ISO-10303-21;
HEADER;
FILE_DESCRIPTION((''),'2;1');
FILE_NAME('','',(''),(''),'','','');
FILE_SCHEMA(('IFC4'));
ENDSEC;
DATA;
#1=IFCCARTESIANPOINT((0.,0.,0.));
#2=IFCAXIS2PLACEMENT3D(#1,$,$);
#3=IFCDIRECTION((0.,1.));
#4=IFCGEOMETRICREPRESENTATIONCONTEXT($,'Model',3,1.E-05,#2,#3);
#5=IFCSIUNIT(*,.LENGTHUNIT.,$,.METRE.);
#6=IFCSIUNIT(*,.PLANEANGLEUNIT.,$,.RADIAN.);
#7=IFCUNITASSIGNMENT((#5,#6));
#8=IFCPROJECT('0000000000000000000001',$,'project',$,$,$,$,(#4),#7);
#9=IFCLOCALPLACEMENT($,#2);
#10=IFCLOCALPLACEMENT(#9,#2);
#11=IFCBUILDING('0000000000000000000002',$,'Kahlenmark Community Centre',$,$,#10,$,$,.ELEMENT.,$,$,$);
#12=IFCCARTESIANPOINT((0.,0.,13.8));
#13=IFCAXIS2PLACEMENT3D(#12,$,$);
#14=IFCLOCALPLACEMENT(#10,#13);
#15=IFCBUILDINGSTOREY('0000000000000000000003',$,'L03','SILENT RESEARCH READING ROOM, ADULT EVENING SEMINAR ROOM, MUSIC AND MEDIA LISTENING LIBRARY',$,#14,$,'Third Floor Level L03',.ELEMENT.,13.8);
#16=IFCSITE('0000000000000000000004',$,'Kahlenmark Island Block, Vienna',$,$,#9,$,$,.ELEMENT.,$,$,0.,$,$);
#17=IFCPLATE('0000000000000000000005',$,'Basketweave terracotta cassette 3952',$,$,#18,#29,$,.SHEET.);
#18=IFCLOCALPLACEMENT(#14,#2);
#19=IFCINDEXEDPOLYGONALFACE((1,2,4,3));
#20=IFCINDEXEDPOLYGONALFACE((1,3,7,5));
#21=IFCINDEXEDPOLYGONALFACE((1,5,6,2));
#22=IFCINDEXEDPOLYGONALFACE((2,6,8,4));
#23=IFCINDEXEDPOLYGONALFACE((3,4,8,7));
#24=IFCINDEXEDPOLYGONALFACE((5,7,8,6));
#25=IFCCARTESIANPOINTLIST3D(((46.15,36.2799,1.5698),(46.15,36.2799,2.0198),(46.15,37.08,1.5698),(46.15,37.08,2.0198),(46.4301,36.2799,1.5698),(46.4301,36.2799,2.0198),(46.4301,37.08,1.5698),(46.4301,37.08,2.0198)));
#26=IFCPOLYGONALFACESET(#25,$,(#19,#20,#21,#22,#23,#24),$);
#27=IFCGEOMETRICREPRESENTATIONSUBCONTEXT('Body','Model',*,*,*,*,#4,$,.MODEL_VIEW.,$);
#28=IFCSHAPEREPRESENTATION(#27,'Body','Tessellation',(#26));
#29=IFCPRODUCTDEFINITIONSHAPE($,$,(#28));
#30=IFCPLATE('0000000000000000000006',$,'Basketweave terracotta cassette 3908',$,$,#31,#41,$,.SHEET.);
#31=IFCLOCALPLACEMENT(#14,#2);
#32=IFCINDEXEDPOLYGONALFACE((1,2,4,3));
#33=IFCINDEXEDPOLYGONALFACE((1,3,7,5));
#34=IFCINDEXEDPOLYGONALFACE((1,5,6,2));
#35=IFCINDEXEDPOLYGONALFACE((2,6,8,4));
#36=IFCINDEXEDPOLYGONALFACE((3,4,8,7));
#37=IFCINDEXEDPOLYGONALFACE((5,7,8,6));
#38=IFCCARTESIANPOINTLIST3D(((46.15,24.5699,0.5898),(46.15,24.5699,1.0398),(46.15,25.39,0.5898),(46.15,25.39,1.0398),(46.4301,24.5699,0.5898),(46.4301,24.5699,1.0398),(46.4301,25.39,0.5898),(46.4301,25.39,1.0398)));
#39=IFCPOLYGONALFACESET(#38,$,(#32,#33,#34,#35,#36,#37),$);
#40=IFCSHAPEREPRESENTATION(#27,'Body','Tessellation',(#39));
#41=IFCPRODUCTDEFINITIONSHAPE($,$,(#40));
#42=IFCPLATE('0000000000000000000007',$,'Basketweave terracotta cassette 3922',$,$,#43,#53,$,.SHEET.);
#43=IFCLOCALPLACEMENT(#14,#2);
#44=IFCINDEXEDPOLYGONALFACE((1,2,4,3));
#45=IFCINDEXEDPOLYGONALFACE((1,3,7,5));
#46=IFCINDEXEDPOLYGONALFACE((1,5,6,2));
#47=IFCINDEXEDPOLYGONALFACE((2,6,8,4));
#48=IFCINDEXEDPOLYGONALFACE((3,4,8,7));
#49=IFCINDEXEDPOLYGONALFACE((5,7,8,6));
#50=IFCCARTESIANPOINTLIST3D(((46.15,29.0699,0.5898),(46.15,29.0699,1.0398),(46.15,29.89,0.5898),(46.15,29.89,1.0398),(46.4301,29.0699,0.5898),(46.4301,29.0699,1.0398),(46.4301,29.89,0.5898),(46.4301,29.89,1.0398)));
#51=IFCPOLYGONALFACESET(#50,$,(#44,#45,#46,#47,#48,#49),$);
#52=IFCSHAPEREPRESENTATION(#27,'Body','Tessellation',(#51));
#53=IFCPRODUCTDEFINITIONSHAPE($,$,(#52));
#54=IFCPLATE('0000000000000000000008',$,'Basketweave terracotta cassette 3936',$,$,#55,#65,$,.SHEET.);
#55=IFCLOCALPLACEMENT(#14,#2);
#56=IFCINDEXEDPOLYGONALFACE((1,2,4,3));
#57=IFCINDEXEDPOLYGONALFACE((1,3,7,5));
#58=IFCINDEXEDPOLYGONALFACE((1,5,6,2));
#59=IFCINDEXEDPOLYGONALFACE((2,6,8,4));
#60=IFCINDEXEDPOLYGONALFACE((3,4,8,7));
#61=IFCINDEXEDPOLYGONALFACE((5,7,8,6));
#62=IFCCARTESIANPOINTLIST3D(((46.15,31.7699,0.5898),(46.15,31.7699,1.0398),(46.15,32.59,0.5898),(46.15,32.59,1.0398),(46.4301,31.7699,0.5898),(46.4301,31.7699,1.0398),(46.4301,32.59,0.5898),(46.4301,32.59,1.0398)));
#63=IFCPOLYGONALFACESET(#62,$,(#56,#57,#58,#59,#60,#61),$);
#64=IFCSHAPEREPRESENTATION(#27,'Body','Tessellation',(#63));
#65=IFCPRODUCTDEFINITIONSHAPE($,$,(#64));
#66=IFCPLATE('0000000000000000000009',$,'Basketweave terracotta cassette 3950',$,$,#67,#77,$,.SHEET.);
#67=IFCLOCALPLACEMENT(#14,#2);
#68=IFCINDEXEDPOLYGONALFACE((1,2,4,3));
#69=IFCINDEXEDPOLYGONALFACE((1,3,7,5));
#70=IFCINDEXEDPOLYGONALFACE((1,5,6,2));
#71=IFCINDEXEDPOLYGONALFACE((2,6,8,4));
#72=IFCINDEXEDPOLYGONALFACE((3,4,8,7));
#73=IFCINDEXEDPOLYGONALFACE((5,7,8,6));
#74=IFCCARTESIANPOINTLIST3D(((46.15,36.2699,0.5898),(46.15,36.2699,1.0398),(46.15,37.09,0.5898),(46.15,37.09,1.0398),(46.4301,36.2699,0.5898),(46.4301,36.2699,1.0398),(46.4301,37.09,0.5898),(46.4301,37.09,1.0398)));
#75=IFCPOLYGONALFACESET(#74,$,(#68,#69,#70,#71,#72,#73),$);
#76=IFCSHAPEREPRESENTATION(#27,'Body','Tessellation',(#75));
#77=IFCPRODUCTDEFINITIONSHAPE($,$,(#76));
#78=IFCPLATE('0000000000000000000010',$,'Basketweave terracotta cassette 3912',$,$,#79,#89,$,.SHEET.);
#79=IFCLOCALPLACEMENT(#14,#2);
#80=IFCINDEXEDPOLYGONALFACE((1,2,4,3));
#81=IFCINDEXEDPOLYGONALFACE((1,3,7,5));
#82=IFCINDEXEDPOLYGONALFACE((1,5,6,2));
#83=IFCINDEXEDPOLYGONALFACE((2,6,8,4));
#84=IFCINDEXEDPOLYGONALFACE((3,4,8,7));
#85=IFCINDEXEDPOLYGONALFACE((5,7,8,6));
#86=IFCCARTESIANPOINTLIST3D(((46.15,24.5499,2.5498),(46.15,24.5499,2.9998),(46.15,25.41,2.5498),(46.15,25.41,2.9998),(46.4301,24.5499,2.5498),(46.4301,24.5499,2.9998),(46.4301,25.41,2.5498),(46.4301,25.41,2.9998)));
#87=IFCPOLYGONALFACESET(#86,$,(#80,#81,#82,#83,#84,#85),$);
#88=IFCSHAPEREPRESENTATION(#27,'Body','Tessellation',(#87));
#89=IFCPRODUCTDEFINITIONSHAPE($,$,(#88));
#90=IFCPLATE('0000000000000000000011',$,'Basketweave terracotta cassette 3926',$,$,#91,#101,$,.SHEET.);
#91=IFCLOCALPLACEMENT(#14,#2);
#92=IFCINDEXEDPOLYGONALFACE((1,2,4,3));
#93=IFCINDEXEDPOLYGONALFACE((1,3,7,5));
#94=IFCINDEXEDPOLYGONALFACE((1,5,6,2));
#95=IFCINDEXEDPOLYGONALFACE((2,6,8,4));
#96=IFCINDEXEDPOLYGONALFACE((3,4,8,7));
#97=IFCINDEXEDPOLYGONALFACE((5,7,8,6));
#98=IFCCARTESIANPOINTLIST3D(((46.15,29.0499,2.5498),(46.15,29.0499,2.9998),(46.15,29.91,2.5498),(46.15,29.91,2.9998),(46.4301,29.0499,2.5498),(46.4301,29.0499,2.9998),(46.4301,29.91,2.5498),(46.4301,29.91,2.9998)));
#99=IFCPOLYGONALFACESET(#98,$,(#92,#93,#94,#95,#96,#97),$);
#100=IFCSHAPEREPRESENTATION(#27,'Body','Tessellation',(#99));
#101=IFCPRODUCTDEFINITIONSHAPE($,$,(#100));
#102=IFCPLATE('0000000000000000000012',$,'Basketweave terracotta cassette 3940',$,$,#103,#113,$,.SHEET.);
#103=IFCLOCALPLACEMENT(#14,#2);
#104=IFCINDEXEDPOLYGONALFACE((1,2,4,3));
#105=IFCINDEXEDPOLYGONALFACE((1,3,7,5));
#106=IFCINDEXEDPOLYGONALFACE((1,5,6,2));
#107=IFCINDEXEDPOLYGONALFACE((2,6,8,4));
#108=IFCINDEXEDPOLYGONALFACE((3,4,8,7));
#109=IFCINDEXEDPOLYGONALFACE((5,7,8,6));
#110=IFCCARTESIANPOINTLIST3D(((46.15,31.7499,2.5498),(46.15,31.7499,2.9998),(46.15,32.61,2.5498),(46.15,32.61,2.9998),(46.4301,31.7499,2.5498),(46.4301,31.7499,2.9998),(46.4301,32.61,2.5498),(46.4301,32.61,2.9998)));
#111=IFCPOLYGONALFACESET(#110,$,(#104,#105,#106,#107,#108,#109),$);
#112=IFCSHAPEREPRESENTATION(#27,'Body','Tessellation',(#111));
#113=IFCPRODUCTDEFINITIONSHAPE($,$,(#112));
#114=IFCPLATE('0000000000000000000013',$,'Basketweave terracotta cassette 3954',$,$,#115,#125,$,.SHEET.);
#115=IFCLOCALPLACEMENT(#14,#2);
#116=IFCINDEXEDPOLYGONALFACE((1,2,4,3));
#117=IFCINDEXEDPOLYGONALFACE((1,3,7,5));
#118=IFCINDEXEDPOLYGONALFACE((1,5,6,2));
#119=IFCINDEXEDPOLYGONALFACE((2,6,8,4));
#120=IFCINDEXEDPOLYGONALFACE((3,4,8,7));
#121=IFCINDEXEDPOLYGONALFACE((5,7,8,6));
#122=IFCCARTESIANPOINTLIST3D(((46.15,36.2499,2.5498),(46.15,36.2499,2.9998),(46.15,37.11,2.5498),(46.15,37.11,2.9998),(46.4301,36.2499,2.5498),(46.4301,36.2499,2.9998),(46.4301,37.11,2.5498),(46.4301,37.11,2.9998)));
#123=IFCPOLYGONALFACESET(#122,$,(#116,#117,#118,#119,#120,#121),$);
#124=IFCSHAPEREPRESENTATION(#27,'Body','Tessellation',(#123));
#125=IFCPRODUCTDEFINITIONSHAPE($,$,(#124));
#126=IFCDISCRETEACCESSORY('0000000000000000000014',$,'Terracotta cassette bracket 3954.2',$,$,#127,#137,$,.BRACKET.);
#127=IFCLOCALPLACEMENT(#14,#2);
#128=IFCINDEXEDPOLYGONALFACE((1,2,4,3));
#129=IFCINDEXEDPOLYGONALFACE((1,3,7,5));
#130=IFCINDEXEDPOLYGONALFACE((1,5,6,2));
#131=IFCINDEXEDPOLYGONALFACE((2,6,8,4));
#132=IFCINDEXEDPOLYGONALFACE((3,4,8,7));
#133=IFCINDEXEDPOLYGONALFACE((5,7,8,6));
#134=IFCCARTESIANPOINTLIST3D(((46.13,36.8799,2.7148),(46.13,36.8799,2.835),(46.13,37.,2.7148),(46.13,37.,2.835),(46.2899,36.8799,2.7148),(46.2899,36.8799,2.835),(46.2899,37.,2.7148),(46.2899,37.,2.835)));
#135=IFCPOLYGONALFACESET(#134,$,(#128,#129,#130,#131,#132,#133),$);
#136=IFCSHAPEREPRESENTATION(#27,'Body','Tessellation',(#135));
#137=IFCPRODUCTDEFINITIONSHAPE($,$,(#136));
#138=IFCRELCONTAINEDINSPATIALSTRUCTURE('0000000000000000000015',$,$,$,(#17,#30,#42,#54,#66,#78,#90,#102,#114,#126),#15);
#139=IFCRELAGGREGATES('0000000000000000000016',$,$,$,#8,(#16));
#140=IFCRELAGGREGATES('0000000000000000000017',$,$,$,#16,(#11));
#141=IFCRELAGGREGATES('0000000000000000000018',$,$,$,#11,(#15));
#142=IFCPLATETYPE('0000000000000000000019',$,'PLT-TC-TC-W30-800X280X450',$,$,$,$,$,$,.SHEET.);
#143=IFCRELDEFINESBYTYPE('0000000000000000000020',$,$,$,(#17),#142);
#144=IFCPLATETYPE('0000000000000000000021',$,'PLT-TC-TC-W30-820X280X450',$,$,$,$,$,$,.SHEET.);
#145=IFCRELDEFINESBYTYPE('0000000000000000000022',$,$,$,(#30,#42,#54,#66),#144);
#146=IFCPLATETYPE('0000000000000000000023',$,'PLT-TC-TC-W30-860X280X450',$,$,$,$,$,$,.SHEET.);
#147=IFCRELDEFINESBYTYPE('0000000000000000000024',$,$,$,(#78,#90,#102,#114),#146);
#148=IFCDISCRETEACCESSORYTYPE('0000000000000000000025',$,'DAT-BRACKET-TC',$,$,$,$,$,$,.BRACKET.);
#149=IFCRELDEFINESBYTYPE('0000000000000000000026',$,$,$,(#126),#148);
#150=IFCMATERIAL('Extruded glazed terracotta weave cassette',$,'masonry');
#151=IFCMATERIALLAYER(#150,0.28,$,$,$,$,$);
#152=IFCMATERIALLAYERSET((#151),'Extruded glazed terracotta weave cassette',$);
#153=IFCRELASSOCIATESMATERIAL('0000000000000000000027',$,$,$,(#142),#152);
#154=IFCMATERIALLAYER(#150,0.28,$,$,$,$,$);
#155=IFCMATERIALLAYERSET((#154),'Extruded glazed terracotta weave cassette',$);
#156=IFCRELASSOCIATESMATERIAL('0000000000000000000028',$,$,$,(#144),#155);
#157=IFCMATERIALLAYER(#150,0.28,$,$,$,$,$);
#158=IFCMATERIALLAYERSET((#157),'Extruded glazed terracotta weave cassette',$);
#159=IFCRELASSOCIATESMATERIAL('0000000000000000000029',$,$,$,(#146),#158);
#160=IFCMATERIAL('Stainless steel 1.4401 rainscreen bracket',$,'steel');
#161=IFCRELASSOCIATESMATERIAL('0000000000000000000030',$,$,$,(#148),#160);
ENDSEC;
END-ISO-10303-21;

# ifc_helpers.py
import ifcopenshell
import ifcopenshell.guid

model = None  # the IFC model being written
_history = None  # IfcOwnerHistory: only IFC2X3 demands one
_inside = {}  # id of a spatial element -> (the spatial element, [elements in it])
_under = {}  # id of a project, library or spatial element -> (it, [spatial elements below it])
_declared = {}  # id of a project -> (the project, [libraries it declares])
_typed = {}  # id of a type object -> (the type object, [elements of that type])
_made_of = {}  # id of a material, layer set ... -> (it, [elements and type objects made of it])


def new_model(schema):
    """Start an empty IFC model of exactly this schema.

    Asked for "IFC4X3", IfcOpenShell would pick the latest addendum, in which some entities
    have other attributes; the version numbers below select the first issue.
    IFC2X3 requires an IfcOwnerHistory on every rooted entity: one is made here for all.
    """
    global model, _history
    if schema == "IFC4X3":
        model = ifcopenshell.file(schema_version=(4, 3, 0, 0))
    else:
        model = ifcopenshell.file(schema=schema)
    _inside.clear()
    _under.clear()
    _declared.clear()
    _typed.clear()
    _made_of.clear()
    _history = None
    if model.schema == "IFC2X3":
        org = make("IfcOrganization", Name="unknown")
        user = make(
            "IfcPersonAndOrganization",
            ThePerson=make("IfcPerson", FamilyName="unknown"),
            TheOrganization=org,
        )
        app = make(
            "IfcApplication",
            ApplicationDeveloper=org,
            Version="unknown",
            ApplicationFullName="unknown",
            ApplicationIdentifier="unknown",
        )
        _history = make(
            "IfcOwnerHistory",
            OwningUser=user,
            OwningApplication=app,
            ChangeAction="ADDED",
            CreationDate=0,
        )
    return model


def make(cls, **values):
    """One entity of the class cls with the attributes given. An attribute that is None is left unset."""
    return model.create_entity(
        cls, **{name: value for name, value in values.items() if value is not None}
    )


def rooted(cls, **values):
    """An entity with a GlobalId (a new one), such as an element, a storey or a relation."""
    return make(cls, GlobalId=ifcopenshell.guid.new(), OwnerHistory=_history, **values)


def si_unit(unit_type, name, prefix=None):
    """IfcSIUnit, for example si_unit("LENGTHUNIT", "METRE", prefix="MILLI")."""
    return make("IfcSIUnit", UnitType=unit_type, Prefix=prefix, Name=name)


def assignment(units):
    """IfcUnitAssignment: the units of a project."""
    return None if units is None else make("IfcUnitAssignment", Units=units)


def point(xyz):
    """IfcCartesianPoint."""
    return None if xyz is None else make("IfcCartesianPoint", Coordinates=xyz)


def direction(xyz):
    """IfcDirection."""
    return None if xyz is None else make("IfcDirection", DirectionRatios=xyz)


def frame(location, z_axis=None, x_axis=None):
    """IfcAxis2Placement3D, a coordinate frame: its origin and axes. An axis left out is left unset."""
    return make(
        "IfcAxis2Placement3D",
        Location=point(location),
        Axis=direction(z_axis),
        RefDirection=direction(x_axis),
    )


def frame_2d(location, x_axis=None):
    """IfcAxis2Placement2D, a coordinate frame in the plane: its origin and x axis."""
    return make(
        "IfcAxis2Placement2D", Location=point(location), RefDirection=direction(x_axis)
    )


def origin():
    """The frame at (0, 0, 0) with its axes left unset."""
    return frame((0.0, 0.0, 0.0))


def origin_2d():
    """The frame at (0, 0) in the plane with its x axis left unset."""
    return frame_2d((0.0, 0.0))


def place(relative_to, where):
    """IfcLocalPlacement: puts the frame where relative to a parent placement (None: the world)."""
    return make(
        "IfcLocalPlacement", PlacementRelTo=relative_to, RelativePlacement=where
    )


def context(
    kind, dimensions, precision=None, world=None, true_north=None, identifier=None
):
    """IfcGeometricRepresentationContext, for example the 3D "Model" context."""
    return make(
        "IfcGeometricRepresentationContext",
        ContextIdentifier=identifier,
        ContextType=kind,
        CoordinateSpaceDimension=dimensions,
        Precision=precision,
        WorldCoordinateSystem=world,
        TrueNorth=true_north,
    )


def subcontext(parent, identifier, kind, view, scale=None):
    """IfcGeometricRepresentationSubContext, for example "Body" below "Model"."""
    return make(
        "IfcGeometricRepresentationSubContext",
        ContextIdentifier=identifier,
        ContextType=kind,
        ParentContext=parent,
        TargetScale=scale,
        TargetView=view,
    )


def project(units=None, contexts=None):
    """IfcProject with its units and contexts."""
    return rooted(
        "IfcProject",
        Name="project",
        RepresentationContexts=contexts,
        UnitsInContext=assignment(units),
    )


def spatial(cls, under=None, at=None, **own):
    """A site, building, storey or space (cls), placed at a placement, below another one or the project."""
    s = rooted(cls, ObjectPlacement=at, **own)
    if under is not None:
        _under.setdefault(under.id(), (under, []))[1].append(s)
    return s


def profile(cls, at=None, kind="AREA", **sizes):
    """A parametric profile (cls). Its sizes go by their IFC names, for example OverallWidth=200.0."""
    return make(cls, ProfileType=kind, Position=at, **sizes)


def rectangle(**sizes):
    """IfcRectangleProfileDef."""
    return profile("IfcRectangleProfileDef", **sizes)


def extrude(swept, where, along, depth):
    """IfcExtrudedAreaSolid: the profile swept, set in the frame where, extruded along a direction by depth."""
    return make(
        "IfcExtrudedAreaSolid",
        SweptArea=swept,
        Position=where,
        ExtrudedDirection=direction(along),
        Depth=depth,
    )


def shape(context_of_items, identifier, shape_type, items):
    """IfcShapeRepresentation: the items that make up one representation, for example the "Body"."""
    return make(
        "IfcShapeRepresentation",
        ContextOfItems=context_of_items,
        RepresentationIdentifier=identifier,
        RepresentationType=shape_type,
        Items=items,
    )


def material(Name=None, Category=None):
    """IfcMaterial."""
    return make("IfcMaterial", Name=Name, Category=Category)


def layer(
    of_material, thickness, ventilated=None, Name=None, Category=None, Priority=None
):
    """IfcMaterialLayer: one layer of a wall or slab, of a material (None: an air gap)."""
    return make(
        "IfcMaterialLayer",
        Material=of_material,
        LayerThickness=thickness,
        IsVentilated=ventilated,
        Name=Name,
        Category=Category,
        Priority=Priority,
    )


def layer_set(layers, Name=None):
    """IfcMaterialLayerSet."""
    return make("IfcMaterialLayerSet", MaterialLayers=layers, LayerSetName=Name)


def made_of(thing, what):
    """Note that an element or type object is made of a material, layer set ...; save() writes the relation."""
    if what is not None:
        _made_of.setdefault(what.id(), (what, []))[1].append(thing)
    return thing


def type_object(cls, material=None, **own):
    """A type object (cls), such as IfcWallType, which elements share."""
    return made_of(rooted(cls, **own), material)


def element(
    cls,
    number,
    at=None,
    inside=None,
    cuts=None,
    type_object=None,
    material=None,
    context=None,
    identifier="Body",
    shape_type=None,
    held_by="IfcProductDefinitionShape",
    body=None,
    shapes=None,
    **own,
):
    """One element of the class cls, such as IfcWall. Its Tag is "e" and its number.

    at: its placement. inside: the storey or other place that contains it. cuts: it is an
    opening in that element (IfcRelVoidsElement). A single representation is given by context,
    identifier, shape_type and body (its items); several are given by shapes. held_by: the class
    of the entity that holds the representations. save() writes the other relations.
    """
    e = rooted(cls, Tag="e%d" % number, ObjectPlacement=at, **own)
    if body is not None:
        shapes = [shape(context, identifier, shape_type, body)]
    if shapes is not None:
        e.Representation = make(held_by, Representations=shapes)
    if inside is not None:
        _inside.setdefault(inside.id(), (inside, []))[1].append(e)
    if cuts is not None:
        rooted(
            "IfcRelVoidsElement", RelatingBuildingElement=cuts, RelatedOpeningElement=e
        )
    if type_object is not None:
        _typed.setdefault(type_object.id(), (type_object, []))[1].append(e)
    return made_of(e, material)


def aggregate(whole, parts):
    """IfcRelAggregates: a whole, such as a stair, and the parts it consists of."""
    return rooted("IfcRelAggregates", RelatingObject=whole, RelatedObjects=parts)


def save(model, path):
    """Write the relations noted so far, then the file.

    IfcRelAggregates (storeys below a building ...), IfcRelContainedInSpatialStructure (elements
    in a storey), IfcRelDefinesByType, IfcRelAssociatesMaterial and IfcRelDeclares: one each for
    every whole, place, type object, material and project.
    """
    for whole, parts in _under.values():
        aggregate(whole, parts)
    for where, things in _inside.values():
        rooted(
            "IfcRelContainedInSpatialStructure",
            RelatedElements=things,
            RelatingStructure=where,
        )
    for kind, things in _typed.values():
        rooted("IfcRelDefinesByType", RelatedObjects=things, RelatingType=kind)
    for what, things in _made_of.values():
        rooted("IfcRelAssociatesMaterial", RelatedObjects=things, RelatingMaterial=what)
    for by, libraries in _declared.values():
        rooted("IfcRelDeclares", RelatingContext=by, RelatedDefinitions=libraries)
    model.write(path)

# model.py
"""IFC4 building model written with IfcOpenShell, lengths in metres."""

from ifc_helpers import new_model, si_unit, direction, frame, origin, origin_2d, place, context, subcontext, project, spatial, rectangle, extrude, material, layer, layer_set, type_object, element, save


model = new_model("IFC4")

# Units and contexts
model_context = context("Model", 3, precision=1e-05, world=origin(), true_north=direction((0.0, 1.0)))
body_context = subcontext(model_context, "Body", "Model", "MODEL_VIEW")
ifc_project = project(units=[si_unit("LENGTHUNIT", "METRE"), si_unit("PLANEANGLEUNIT", "RADIAN")], contexts=[model_context])

# Site, building, storey
site_placement = place(None, origin())
site = spatial("IfcSite", under=ifc_project, at=site_placement, Name="Kahlenmark Island Block, Vienna", CompositionType="ELEMENT", RefElevation=0.0)
building_placement = place(site_placement, origin())
building = spatial("IfcBuilding", under=site, at=building_placement, Name="Kahlenmark Community Centre", CompositionType="ELEMENT")
storey_placement = place(building_placement, frame((0.0, 0.0, 13.8)))
storey = spatial("IfcBuildingStorey", under=building, at=storey_placement, Name="L03", Description="SILENT RESEARCH READING ROOM, ADULT EVENING SEMINAR ROOM, MUSIC AND MEDIA LISTENING LIBRARY", LongName="Third Floor Level L03", CompositionType="ELEMENT", Elevation=13.8)

# Plates
ifc_material_1 = material(Name="Extruded glazed terracotta weave cassette", Category="masonry")
ifc_layer_1 = layer(ifc_material_1, 0.28)
ifc_layer_set_1 = layer_set([ifc_layer_1], Name="Extruded glazed terracotta weave cassette")
plate_type_1 = type_object("IfcPlateType", Name="PLT-TC-TC-W30-800X280X450", PredefinedType="SHEET", material=ifc_layer_set_1)
for number, where, z_axis, x_axis, name in (
    (1, (46.29, 36.6799, 1.5698), (0.0, 0.0, 1.0), (0.0, 1.0, 0.0), "Basketweave terracotta cassette 3952"),
):
    element("IfcPlate", number, at=place(storey_placement, frame(where, z_axis=z_axis, x_axis=x_axis)), inside=storey, type_object=plate_type_1, Name=name, PredefinedType="SHEET", context=body_context, shape_type="SweptSolid", body=[
        extrude(rectangle(XDim=0.8, YDim=0.28, at=origin_2d()), origin(), (0.0, 0.0, 1.0), 0.45),
    ])
ifc_layer_2 = layer(ifc_material_1, 0.28)
ifc_layer_set_2 = layer_set([ifc_layer_2], Name="Extruded glazed terracotta weave cassette")
plate_type_2 = type_object("IfcPlateType", Name="PLT-TC-TC-W30-820X280X450", PredefinedType="SHEET", material=ifc_layer_set_2)
for number, where, z_axis, x_axis, name in (
    (2, (46.29, 24.98, 0.5898), (0.0, 0.0, 1.0), (0.0, 1.0, 0.0), "Basketweave terracotta cassette 3908"),
    (3, (46.29, 29.48, 0.5898), (0.0, 0.0, 1.0), (0.0, 1.0, 0.0), "Basketweave terracotta cassette 3922"),
    (4, (46.29, 32.1799, 0.5898), (0.0, 0.0, 1.0), (0.0, 1.0, 0.0), "Basketweave terracotta cassette 3936"),
    (5, (46.29, 36.6799, 0.5898), (0.0, 0.0, 1.0), (0.0, 1.0, 0.0), "Basketweave terracotta cassette 3950"),
):
    element("IfcPlate", number, at=place(storey_placement, frame(where, z_axis=z_axis, x_axis=x_axis)), inside=storey, type_object=plate_type_2, Name=name, PredefinedType="SHEET", context=body_context, shape_type="SweptSolid", body=[
        extrude(rectangle(XDim=0.8201, YDim=0.28, at=origin_2d()), origin(), (0.0, 0.0, 1.0), 0.45),
    ])
ifc_layer_3 = layer(ifc_material_1, 0.28)
ifc_layer_set_3 = layer_set([ifc_layer_3], Name="Extruded glazed terracotta weave cassette")
plate_type_3 = type_object("IfcPlateType", Name="PLT-TC-TC-W30-860X280X450", PredefinedType="SHEET", material=ifc_layer_set_3)
for number, where, z_axis, x_axis, name in (
    (6, (46.29, 24.98, 2.5498), (0.0, 0.0, 1.0), (0.0, 1.0, 0.0), "Basketweave terracotta cassette 3912"),
    (7, (46.29, 29.48, 2.5498), (0.0, 0.0, 1.0), (0.0, 1.0, 0.0), "Basketweave terracotta cassette 3926"),
    (8, (46.29, 32.1799, 2.5498), (0.0, 0.0, 1.0), (0.0, 1.0, 0.0), "Basketweave terracotta cassette 3940"),
    (9, (46.29, 36.6799, 2.5498), (0.0, 0.0, 1.0), (0.0, 1.0, 0.0), "Basketweave terracotta cassette 3954"),
):
    element("IfcPlate", number, at=place(storey_placement, frame(where, z_axis=z_axis, x_axis=x_axis)), inside=storey, type_object=plate_type_3, Name=name, PredefinedType="SHEET", context=body_context, shape_type="SweptSolid", body=[
        extrude(rectangle(XDim=0.8601, YDim=0.28, at=origin_2d()), origin(), (0.0, 0.0, 1.0), 0.45),
    ])

# Discrete accessory
ifc_material_2 = material(Name="Stainless steel 1.4401 rainscreen bracket", Category="steel")
discrete_accessory_type = type_object("IfcDiscreteAccessoryType", Name="DAT-BRACKET-TC", PredefinedType="BRACKET", material=ifc_material_2)
discrete_accessory_placement = place(storey_placement, frame((46.21, 36.9399, 2.7148), z_axis=(0.0, 0.0, 1.0), x_axis=(0.0, 1.0, 0.0)))
element("IfcDiscreteAccessory", 10, at=discrete_accessory_placement, inside=storey, type_object=discrete_accessory_type, Name="Terracotta cassette bracket 3954.2", PredefinedType="BRACKET", context=body_context, shape_type="SweptSolid", body=[
    extrude(rectangle(XDim=0.1201, YDim=0.1599, at=origin_2d()), origin(), (0.0, 0.0, 1.0), 0.1201),
])

save(model, "model.ifc")
